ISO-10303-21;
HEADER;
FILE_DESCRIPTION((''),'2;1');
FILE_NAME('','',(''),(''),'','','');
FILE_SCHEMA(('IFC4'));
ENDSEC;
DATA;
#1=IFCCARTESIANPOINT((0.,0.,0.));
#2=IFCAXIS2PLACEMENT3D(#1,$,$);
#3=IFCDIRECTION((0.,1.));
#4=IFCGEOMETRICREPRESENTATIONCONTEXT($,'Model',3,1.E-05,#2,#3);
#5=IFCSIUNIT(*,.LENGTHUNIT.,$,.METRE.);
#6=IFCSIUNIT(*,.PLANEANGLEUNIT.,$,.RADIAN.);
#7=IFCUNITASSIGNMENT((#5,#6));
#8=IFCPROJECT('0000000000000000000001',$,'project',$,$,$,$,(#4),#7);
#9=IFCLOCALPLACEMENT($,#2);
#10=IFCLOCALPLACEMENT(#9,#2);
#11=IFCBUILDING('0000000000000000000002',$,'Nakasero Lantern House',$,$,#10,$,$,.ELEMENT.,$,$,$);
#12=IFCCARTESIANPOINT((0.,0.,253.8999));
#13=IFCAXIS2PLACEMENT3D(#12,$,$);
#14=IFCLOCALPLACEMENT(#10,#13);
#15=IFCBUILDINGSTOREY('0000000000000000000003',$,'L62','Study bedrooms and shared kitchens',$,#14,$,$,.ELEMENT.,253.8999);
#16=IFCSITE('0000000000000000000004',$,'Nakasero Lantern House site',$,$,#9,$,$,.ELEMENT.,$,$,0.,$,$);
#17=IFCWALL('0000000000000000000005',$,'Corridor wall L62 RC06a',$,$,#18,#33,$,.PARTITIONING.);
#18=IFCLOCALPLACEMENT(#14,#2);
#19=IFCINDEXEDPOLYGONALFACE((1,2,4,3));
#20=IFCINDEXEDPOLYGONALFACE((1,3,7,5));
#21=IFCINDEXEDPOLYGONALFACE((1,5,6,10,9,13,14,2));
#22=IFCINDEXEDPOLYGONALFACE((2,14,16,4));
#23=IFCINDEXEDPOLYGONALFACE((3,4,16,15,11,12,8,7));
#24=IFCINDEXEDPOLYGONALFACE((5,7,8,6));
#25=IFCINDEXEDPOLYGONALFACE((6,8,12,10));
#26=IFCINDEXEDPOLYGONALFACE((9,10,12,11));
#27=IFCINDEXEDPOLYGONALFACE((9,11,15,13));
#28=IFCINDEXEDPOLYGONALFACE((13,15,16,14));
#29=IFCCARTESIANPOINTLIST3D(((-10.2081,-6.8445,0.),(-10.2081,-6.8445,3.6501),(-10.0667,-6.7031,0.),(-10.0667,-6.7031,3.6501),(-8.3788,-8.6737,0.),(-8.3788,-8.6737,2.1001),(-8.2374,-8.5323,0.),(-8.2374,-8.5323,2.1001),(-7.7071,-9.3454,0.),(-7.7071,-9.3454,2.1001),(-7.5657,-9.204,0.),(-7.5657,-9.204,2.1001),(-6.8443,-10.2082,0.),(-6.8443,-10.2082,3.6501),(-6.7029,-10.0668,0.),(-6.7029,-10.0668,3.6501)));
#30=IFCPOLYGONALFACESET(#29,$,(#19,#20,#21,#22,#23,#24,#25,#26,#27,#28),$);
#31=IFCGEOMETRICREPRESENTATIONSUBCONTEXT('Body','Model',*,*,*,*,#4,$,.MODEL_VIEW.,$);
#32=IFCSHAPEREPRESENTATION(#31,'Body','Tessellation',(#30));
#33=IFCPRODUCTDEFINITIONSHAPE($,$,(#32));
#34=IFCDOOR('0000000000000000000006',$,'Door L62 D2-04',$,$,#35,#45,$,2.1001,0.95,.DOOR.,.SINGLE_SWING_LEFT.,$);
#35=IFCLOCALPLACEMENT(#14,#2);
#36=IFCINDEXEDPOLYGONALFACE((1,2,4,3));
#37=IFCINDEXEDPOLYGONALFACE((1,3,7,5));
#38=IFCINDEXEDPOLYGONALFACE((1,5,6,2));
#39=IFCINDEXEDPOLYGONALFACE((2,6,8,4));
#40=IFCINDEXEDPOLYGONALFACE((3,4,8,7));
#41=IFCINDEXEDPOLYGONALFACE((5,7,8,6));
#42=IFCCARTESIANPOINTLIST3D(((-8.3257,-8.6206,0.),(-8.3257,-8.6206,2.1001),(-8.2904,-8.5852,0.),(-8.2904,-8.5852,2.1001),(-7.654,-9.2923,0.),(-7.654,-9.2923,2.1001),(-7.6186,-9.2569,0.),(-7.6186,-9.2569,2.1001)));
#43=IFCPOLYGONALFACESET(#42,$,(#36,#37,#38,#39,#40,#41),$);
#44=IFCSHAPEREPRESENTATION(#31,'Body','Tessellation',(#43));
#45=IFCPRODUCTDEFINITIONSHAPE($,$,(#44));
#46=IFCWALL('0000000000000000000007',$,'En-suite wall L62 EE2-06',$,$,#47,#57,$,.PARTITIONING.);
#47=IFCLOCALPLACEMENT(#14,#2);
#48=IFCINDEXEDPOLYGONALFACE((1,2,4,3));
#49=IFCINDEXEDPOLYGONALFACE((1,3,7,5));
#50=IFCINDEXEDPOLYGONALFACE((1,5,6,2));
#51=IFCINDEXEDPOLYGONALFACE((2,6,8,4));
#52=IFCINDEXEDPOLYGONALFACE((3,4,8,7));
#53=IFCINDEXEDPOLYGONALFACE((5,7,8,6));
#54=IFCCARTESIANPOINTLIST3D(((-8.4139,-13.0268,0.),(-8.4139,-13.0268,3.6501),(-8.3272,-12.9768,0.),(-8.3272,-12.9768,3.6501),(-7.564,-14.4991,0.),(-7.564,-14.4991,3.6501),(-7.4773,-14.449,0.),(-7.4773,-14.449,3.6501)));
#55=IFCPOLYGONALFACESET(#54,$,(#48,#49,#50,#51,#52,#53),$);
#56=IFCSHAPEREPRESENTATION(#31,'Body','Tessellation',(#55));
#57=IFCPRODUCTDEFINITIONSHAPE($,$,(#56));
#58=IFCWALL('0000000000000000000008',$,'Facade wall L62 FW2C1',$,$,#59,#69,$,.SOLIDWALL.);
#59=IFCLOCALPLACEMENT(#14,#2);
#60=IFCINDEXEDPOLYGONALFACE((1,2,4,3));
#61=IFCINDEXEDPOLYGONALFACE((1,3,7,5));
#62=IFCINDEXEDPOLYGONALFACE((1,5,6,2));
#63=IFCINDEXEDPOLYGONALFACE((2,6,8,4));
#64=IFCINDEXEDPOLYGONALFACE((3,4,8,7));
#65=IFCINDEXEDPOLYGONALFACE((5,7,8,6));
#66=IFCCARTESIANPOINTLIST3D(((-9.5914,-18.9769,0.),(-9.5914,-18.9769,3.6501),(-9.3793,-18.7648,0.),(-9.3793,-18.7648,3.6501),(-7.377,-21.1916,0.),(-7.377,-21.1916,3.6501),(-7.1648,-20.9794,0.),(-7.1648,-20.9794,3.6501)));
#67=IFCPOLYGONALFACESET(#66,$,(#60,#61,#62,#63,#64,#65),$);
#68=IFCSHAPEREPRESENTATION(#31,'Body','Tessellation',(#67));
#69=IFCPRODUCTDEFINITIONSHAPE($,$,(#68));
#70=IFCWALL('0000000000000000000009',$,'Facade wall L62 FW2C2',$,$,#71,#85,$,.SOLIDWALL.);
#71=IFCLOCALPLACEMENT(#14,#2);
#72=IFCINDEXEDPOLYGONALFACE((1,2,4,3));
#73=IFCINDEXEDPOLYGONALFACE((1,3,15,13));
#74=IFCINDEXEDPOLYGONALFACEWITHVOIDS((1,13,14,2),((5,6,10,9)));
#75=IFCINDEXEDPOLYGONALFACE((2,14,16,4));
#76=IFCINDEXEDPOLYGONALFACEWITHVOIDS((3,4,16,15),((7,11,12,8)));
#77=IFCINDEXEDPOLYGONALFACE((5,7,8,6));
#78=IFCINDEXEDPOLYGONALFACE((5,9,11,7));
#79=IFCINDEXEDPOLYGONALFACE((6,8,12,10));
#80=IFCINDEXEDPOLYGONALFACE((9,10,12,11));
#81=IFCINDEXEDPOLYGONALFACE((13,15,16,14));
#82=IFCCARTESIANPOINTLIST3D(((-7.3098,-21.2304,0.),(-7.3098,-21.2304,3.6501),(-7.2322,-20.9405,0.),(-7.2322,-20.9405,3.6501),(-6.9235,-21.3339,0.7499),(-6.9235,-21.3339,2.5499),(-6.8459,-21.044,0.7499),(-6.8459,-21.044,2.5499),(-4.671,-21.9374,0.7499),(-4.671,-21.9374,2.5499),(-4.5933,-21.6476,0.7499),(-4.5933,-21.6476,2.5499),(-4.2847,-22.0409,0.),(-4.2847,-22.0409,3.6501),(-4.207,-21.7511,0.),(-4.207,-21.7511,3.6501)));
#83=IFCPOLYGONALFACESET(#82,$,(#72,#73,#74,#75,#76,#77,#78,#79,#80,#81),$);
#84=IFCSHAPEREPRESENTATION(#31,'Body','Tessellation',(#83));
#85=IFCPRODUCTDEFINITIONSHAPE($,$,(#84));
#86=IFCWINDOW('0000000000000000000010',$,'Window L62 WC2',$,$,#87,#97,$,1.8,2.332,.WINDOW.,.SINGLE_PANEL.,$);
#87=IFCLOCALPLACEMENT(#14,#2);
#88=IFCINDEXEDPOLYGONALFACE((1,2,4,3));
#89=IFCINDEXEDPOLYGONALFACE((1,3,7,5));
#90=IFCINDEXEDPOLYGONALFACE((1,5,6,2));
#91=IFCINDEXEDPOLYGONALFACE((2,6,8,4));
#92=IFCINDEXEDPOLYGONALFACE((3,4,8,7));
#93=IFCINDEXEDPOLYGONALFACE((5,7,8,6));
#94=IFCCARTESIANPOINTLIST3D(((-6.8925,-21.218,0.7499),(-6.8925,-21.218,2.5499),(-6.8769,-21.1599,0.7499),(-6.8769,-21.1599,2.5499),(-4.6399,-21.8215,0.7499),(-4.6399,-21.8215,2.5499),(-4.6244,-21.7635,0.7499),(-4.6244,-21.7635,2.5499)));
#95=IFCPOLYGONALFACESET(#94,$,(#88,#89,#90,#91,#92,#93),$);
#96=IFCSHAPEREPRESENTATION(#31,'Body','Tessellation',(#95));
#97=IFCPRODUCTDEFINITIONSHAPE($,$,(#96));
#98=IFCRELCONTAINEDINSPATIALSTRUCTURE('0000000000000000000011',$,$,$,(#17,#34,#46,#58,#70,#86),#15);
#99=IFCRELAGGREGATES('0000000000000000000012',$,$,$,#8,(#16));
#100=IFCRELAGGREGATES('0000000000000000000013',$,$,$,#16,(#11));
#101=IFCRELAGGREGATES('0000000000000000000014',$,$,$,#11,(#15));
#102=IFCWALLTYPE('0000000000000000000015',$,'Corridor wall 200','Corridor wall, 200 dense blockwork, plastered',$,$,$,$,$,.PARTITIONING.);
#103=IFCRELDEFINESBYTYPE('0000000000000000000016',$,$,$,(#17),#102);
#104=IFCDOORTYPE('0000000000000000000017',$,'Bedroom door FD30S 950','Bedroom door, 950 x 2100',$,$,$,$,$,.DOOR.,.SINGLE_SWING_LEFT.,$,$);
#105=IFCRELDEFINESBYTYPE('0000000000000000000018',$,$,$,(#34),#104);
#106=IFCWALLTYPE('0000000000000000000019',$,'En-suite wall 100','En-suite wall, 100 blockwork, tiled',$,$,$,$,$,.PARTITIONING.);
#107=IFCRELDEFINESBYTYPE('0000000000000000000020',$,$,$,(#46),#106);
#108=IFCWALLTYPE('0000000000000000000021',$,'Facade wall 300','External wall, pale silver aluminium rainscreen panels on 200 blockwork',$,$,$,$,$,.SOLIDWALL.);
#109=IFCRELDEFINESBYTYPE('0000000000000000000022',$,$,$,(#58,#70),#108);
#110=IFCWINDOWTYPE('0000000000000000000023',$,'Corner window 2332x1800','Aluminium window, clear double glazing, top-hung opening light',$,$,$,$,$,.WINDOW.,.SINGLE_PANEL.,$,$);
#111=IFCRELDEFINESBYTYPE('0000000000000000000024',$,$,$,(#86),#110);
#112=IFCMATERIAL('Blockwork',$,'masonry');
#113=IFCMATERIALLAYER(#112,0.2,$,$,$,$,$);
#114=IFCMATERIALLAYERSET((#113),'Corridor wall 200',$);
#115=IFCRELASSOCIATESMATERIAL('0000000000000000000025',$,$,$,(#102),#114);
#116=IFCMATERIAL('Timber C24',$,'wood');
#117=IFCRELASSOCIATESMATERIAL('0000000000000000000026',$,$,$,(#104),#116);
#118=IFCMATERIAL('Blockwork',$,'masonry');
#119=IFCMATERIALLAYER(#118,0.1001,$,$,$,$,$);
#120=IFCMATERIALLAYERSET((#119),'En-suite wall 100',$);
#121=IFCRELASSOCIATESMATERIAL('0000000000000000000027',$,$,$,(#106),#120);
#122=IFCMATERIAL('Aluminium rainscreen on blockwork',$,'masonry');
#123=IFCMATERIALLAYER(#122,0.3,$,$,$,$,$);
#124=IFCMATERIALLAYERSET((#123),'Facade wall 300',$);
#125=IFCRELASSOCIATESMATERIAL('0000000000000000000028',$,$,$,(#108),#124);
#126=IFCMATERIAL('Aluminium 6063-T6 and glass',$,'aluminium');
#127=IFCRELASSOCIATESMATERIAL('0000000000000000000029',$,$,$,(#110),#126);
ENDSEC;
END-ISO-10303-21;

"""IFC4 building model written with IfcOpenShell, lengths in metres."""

from ifc_helpers import new_model, si_unit, direction, frame, frame_2d, origin, place, context, subcontext, project, spatial, rectangle, extrude, material, layer, layer_set, type_object, element, fill, save


model = new_model("IFC4")

# Units and contexts
model_context = context("Model", 3, precision=1e-05, world=origin(), true_north=direction((0.0, 1.0)))
body_context = subcontext(model_context, "Body", "Model", "MODEL_VIEW")
ifc_project = project(units=[si_unit("LENGTHUNIT", "METRE"), si_unit("PLANEANGLEUNIT", "RADIAN")], contexts=[model_context])

# Site, building, storey
site_placement = place(None, origin())
site = spatial("IfcSite", under=ifc_project, at=site_placement, Name="Nakasero Lantern House site", CompositionType="ELEMENT", RefElevation=0.0)
building_placement = place(site_placement, origin())
building = spatial("IfcBuilding", under=site, at=building_placement, Name="Nakasero Lantern House", CompositionType="ELEMENT")
storey_placement = place(building_placement, frame((0.0, 0.0, 253.8999)))
storey = spatial("IfcBuildingStorey", under=building, at=storey_placement, Name="L62", Description="Study bedrooms and shared kitchens", CompositionType="ELEMENT", Elevation=253.8999)

# Wall, opening, door
ifc_material_1 = material(Name="Blockwork", Category="masonry")
ifc_layer_1 = layer(ifc_material_1, 0.2)
ifc_layer_set_1 = layer_set([ifc_layer_1], Name="Corridor wall 200")
wall_type_1 = type_object("IfcWallType", Name="Corridor wall 200", Description="Corridor wall, 200 dense blockwork, plastered", PredefinedType="PARTITIONING", material=ifc_layer_set_1)
wall_1_placement = place(storey_placement, frame((-6.7737, -10.1375, 0.0), z_axis=(0.0, 0.0, 1.0), x_axis=(-0.707107, 0.707107, 0.0)))
wall_1 = element("IfcWall", 1, at=wall_1_placement, inside=storey, type_object=wall_type_1, Name="Corridor wall L62 RC06a", PredefinedType="PARTITIONING", context=body_context, shape_type="SweptSolid", body=[
    extrude(rectangle(XDim=4.7571, YDim=0.2, at=frame_2d((2.3784, 0.0))), origin(), (0.0, 0.0, 1.0), 3.6501),
])
opening_1_placement = place(wall_1_placement, frame((1.22, 0.0, 0.0)))
opening_1 = element("IfcOpeningElement", 2, at=opening_1_placement, cuts=wall_1, PredefinedType="OPENING", context=body_context, shape_type="SweptSolid", body=[
    extrude(rectangle(XDim=0.95, YDim=2.1001, at=frame_2d((0.4751, 1.05))), frame((0.0, 0.1199, 0.0), z_axis=(0.0, -1.0, 0.0), x_axis=(1.0, 0.0, 0.0)), (0.0, 0.0, 1.0), 0.24),
])
ifc_material_2 = material(Name="Timber C24", Category="wood")
door_type = type_object("IfcDoorType", Name="Bedroom door FD30S 950", Description="Bedroom door, 950 x 2100", OperationType="SINGLE_SWING_LEFT", PredefinedType="DOOR", material=ifc_material_2)
door_placement = place(opening_1_placement, origin())
door = element("IfcDoor", 3, at=door_placement, inside=storey, type_object=door_type, Name="Door L62 D2-04", OperationType="SINGLE_SWING_LEFT", OverallHeight=2.1001, OverallWidth=0.95, PredefinedType="DOOR", context=body_context, shape_type="SweptSolid", body=[
    extrude(rectangle(XDim=0.95, YDim=2.1001, at=frame_2d((0.4751, 1.05))), frame((0.0, 0.0249, 0.0), z_axis=(0.0, -1.0, 0.0), x_axis=(1.0, 0.0, 0.0)), (0.0, 0.0, 1.0), 0.05),
])
fill(opening_1, door)

# Walls
ifc_material_3 = material(Name="Blockwork", Category="masonry")
ifc_layer_2 = layer(ifc_material_3, 0.1001)
ifc_layer_set_2 = layer_set([ifc_layer_2], Name="En-suite wall 100")
wall_type_2 = type_object("IfcWallType", Name="En-suite wall 100", Description="En-suite wall, 100 blockwork, tiled", PredefinedType="PARTITIONING", material=ifc_layer_set_2)
wall_2_placement = place(storey_placement, frame((-8.3706, -13.0017, 0.0), z_axis=(0.0, 0.0, 1.0), x_axis=(0.499955, -0.866052, 0.0)))
element("IfcWall", 4, at=wall_2_placement, inside=storey, type_object=wall_type_2, Name="En-suite wall L62 EE2-06", PredefinedType="PARTITIONING", context=body_context, shape_type="SweptSolid", body=[
    extrude(rectangle(XDim=1.7, YDim=0.1001, at=frame_2d((0.8501, 0.0))), origin(), (0.0, 0.0, 1.0), 3.6501),
])
ifc_material_4 = material(Name="Aluminium rainscreen on blockwork", Category="masonry")
ifc_layer_3 = layer(ifc_material_4, 0.3)
ifc_layer_set_3 = layer_set([ifc_layer_3], Name="Facade wall 300")
wall_type_3 = type_object("IfcWallType", Name="Facade wall 300", Description="External wall, pale silver aluminium rainscreen panels on 200 blockwork", PredefinedType="SOLIDWALL", material=ifc_layer_set_3)
wall_3_placement = place(storey_placement, frame((-9.4854, -18.8708, 0.0), z_axis=(0.0, 0.0, 1.0), x_axis=(0.707068, -0.707146, 0.0)))
element("IfcWall", 5, at=wall_3_placement, inside=storey, type_object=wall_type_3, Name="Facade wall L62 FW2C1", PredefinedType="SOLIDWALL", context=body_context, shape_type="SweptSolid", body=[
    extrude(rectangle(XDim=3.1318, YDim=0.3, at=frame_2d((1.5659, 0.0))), origin(), (0.0, 0.0, 1.0), 3.6501),
])

# Wall, opening, window
wall_4_placement = place(storey_placement, frame((-7.271, -21.0854, 0.0), z_axis=(0.0, 0.0, 1.0), x_axis=(0.965929, -0.258808, 0.0)))
wall_4 = element("IfcWall", 6, at=wall_4_placement, inside=storey, type_object=wall_type_3, Name="Facade wall L62 FW2C2", PredefinedType="SOLIDWALL", context=body_context, shape_type="SweptSolid", body=[
    extrude(rectangle(XDim=3.1318, YDim=0.3, at=frame_2d((1.5659, 0.0))), origin(), (0.0, 0.0, 1.0), 3.6501),
])
opening_2_placement = place(wall_4_placement, frame((0.3999, 0.0, 0.75)))
opening_2 = element("IfcOpeningElement", 7, at=opening_2_placement, cuts=wall_4, PredefinedType="OPENING", context=body_context, shape_type="SweptSolid", body=[
    extrude(rectangle(XDim=2.332, YDim=1.8, at=frame_2d((1.166, 0.8999))), frame((0.0, 0.1699, 0.0), z_axis=(0.0, -1.0, 0.0), x_axis=(1.0, 0.0, 0.0)), (0.0, 0.0, 1.0), 0.3401),
])
ifc_material_5 = material(Name="Aluminium 6063-T6 and glass", Category="aluminium")
window_type = type_object("IfcWindowType", Name="Corner window 2332x1800", Description="Aluminium window, clear double glazing, top-hung opening light", PartitioningType="SINGLE_PANEL", PredefinedType="WINDOW", material=ifc_material_5)
window_placement = place(opening_2_placement, origin())
window = element("IfcWindow", 8, at=window_placement, inside=storey, type_object=window_type, Name="Window L62 WC2", OverallHeight=1.8, OverallWidth=2.332, PartitioningType="SINGLE_PANEL", PredefinedType="WINDOW", context=body_context, shape_type="SweptSolid", body=[
    extrude(rectangle(XDim=2.332, YDim=1.8, at=frame_2d((1.166, 0.8999))), frame((0.0, 0.03, 0.0), z_axis=(0.0, -1.0, 0.0), x_axis=(1.0, 0.0, 0.0)), (0.0, 0.0, 1.0), 0.0601),
])
fill(opening_2, window)

save(model, "model.ifc")
